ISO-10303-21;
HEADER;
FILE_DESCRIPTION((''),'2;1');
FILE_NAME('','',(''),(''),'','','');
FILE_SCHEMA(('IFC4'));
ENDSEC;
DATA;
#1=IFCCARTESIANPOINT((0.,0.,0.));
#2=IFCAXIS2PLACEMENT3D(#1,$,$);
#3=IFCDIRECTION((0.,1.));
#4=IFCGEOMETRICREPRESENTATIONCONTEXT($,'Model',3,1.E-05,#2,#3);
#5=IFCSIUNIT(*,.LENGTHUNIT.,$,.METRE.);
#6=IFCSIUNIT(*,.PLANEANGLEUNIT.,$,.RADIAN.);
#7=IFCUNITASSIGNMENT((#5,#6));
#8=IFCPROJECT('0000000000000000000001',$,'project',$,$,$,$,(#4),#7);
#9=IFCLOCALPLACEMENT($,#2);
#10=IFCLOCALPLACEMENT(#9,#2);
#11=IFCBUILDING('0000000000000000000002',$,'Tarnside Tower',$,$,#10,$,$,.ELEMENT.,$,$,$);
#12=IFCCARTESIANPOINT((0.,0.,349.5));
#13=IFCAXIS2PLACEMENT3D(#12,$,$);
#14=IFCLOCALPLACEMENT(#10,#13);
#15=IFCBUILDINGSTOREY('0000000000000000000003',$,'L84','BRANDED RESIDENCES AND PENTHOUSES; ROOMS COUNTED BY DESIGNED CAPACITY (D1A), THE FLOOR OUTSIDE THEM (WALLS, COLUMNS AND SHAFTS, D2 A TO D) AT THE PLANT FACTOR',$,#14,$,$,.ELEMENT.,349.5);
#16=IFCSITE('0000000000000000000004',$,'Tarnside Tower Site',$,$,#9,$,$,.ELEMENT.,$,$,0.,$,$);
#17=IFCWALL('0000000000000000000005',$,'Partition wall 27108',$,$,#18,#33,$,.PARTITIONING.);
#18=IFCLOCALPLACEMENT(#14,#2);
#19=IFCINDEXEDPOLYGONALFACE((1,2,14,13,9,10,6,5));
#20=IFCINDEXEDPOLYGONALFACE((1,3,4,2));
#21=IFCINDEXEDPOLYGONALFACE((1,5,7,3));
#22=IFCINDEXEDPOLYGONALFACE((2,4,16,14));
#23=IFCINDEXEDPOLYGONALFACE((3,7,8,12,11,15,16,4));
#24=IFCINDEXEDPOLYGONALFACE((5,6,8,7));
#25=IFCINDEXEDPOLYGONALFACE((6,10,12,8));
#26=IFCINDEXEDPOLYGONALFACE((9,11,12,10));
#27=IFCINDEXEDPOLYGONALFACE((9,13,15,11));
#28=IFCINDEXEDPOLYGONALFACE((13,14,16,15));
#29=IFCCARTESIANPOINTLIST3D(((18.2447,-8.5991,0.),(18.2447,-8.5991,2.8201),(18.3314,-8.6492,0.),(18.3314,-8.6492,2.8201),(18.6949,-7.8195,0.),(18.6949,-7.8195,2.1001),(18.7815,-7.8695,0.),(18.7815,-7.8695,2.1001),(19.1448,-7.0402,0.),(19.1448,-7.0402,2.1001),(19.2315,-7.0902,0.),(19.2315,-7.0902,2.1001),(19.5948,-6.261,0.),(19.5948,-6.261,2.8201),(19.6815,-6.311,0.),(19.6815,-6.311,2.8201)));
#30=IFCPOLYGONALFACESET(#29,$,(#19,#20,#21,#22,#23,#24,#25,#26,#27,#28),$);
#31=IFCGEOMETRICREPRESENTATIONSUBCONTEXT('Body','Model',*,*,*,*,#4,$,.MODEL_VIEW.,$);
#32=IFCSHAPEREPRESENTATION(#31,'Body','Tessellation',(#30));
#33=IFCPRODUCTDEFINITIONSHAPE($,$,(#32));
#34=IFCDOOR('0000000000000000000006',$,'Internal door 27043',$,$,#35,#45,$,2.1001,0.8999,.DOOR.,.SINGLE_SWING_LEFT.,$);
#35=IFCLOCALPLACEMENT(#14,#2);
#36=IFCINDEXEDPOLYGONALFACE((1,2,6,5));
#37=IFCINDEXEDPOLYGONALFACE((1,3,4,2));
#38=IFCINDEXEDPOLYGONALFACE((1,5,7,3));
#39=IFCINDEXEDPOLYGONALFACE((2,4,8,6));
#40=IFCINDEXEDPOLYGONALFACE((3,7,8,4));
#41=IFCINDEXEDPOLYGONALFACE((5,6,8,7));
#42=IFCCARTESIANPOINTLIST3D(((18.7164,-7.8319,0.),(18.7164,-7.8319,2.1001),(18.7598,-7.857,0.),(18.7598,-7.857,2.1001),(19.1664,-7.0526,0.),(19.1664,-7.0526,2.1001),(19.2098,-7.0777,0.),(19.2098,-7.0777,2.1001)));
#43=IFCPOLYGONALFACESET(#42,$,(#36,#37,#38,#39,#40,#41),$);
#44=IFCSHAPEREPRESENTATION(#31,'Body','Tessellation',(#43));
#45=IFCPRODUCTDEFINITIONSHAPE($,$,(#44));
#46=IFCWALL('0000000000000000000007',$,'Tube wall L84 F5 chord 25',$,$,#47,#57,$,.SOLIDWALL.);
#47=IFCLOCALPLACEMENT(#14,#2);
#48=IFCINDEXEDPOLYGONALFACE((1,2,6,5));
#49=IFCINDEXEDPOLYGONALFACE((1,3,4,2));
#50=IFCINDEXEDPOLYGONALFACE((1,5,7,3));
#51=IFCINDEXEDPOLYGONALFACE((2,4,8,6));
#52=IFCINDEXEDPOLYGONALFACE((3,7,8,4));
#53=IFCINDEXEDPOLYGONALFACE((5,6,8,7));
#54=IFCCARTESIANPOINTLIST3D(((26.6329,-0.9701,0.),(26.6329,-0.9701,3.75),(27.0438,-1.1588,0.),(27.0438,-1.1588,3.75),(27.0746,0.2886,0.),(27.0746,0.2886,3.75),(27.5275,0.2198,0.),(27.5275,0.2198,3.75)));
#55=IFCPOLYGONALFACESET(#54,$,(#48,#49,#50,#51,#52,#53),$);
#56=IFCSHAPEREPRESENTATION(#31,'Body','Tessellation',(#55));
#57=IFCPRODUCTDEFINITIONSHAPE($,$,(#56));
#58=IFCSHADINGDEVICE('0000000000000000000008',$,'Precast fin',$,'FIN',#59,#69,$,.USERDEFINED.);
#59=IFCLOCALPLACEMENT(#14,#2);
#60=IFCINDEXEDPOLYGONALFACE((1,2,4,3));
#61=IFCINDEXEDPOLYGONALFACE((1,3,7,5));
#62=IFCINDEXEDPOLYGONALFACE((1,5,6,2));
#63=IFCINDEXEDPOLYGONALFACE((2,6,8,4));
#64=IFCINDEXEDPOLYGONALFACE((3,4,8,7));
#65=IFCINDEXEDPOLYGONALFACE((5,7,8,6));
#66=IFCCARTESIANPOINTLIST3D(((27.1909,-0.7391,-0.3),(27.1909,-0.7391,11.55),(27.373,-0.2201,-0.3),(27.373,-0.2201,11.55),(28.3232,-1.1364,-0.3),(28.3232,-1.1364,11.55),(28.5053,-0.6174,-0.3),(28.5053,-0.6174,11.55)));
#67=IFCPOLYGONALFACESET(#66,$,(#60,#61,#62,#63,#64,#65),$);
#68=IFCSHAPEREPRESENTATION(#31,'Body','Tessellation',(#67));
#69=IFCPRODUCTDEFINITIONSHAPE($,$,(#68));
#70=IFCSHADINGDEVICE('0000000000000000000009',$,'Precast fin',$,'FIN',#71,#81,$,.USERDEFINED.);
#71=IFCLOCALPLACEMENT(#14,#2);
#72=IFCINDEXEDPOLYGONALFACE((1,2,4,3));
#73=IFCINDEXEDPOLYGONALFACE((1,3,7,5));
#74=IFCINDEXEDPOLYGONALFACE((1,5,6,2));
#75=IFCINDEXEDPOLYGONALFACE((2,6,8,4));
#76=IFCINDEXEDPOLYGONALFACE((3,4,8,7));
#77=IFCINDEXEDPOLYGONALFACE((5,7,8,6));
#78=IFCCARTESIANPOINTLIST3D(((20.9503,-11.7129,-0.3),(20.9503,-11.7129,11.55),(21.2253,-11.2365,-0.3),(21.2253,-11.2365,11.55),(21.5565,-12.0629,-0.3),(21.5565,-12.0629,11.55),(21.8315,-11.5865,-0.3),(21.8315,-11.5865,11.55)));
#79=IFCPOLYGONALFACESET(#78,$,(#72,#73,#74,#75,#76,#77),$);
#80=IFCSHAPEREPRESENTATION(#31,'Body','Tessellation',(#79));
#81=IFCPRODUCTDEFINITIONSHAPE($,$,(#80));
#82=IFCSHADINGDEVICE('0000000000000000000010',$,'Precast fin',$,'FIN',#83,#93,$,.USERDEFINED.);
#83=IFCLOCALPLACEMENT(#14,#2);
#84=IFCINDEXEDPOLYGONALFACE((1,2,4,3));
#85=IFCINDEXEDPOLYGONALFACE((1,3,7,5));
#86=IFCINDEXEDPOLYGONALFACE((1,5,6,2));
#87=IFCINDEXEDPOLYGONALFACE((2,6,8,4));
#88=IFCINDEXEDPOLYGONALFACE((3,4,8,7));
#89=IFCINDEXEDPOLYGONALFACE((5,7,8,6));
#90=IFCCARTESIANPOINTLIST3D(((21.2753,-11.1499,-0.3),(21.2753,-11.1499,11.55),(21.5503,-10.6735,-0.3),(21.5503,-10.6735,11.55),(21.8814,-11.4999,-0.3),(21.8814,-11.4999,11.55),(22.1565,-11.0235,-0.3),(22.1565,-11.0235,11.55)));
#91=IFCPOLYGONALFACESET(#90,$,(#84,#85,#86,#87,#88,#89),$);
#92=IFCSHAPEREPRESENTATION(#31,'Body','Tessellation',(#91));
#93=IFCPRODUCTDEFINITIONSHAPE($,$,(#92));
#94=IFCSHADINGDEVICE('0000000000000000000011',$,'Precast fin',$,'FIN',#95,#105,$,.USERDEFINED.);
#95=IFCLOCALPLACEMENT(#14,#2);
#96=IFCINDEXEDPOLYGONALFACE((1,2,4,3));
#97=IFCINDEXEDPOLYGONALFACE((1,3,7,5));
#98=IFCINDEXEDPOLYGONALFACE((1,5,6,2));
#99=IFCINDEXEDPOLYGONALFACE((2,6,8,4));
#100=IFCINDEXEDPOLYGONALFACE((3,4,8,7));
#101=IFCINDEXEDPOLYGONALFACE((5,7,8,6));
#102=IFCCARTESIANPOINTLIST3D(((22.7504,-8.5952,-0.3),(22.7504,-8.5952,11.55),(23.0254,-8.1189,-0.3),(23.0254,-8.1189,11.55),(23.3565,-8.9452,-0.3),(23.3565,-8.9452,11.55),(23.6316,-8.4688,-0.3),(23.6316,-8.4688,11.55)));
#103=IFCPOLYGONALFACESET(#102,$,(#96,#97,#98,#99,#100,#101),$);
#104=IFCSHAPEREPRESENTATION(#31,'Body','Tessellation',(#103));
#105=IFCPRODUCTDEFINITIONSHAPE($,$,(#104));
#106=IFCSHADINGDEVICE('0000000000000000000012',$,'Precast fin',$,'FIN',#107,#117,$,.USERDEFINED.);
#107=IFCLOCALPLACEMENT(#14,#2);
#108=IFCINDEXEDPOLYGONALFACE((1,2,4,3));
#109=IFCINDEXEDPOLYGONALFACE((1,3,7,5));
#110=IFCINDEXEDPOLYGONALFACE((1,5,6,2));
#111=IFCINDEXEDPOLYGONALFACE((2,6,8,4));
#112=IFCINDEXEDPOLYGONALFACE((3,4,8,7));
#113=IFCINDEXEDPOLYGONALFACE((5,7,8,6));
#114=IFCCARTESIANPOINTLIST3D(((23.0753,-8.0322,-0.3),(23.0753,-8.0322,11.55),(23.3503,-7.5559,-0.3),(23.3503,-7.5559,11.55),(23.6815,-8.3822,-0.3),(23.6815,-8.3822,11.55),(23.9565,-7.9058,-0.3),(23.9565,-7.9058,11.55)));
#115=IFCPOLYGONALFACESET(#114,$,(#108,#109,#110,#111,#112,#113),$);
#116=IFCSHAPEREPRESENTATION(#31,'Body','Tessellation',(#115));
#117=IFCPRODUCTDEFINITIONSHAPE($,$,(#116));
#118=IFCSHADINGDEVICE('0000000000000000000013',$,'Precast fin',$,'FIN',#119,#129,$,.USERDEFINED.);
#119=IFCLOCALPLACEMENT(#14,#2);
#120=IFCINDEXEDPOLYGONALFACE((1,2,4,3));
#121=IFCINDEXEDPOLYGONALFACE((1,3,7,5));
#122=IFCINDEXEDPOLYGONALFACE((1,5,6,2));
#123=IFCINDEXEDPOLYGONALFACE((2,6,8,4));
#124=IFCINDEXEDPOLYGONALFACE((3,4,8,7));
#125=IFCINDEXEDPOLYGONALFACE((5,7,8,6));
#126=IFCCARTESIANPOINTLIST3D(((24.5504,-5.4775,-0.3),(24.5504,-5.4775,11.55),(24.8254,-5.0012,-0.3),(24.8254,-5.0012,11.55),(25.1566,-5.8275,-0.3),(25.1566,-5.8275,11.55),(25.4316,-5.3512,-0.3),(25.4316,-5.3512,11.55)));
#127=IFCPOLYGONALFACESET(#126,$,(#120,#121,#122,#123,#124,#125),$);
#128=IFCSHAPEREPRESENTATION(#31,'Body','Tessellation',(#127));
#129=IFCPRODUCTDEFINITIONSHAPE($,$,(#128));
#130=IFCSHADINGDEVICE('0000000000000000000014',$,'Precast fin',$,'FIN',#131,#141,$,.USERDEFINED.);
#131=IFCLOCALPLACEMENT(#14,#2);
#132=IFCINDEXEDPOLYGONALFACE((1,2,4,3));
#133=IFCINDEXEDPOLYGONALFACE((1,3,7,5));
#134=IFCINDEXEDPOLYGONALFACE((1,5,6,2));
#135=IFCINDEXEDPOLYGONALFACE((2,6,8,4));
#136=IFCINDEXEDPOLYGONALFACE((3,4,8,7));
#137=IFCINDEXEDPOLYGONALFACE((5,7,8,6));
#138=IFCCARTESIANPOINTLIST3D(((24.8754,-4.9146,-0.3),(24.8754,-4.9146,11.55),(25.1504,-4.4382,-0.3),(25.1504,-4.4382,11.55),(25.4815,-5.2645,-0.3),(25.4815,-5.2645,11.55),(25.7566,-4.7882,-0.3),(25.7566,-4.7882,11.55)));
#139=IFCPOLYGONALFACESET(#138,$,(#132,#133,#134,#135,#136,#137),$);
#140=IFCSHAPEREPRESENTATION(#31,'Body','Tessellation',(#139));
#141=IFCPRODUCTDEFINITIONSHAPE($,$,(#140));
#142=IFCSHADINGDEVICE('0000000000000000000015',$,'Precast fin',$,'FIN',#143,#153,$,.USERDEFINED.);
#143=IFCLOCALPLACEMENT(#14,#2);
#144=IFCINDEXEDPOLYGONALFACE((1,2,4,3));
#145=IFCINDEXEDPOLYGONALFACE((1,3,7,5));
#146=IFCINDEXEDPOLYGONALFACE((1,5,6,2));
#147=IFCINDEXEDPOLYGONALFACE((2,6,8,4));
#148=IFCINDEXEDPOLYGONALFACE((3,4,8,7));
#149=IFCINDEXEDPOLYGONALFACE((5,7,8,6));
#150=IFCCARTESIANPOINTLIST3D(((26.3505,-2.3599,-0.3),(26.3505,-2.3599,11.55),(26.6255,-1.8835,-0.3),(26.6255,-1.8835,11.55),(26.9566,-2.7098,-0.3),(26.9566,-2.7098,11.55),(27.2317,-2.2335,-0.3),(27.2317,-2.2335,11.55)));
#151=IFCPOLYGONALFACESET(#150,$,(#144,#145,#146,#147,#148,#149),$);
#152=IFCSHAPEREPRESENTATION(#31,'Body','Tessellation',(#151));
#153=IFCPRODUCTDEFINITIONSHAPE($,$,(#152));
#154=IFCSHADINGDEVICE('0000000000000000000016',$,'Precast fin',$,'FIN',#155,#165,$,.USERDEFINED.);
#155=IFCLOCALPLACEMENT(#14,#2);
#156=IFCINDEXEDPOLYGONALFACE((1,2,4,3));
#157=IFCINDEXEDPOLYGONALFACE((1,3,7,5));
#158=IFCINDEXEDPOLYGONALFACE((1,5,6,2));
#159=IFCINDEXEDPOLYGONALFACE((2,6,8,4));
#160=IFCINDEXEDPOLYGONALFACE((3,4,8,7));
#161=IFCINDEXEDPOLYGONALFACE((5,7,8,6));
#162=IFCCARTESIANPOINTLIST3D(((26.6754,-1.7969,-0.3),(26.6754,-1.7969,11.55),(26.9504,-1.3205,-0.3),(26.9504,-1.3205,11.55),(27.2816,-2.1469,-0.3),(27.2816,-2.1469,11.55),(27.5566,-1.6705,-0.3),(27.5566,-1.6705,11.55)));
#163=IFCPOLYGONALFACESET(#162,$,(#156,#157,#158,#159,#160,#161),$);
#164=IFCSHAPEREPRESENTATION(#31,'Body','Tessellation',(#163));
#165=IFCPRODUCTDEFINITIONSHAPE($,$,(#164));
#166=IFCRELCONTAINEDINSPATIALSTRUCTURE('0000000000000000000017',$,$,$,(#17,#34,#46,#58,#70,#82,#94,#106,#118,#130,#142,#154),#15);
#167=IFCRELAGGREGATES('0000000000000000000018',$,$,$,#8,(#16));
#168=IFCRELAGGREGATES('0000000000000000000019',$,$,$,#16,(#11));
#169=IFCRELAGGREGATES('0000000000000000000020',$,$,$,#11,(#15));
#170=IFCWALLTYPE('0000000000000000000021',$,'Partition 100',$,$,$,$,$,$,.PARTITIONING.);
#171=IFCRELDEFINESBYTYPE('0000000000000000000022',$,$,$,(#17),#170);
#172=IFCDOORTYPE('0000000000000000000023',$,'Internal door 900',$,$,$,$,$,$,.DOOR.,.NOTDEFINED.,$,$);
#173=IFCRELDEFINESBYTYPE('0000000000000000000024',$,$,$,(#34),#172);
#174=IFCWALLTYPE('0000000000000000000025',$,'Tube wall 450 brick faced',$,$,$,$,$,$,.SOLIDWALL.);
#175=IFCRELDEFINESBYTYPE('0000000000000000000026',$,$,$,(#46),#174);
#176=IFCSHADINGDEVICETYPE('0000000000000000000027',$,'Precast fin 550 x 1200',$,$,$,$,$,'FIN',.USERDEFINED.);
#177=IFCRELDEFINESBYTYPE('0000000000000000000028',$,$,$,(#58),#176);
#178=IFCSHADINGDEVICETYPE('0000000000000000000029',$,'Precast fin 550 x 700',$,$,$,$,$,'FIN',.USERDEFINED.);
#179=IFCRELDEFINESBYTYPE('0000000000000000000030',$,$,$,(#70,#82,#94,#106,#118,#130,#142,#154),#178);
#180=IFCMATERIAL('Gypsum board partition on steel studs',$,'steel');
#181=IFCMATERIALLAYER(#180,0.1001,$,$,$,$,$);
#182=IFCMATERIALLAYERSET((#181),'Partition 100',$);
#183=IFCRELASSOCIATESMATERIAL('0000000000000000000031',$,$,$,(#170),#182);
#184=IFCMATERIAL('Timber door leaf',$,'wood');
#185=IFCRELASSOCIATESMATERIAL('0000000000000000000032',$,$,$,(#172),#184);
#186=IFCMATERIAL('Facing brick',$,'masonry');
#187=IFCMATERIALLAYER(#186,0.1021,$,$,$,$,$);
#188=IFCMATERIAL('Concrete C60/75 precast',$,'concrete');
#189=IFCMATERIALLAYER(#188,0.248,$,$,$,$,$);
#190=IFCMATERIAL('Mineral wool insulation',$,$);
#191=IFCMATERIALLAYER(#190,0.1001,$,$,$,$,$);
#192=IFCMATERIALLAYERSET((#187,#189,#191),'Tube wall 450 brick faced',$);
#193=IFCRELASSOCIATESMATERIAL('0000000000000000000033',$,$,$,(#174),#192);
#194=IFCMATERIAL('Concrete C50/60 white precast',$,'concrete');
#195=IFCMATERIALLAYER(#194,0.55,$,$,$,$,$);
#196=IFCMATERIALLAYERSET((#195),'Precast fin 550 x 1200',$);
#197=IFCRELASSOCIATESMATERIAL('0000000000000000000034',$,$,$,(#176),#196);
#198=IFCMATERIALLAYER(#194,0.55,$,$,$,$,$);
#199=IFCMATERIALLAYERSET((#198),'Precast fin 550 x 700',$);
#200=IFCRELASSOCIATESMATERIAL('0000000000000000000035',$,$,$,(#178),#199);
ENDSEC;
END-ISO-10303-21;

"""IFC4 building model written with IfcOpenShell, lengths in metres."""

from ifc_helpers import new_model, si_unit, direction, frame, frame_2d, origin, place, context, subcontext, project, spatial, polyline, rectangle, outline, extrude, material, layer, layer_set, type_object, element, fill, save


model = new_model("IFC4")

# Units and contexts
model_context = context("Model", 3, precision=1e-05, world=origin(), true_north=direction((0.0, 1.0)))
body_context = subcontext(model_context, "Body", "Model", "MODEL_VIEW")
ifc_project = project(units=[si_unit("LENGTHUNIT", "METRE"), si_unit("PLANEANGLEUNIT", "RADIAN")], contexts=[model_context])

# Site, building, storey
site_placement = place(None, origin())
site = spatial("IfcSite", under=ifc_project, at=site_placement, Name="Tarnside Tower Site", CompositionType="ELEMENT", RefElevation=0.0)
building_placement = place(site_placement, origin())
building = spatial("IfcBuilding", under=site, at=building_placement, Name="Tarnside Tower", CompositionType="ELEMENT")
storey_placement = place(building_placement, frame((0.0, 0.0, 349.5)))
storey = spatial("IfcBuildingStorey", under=building, at=storey_placement, Name="L84", Description="BRANDED RESIDENCES AND PENTHOUSES; ROOMS COUNTED BY DESIGNED CAPACITY (D1A), THE FLOOR OUTSIDE THEM (WALLS, COLUMNS AND SHAFTS, D2 A TO D) AT THE PLANT FACTOR", CompositionType="ELEMENT", Elevation=349.5)

# Shared definitions
ifc_material_1 = material(Name="Gypsum board partition on steel studs", Category="steel")

# Shared definitions
ifc_material_2 = material(Name="Timber door leaf", Category="wood")

# Shared definitions
ifc_layer_1 = layer(ifc_material_1, 0.1001)
ifc_layer_set_1 = layer_set([ifc_layer_1], Name="Partition 100")
wall_type_1 = type_object("IfcWallType", Name="Partition 100", PredefinedType="PARTITIONING", material=ifc_layer_set_1)
door_type_1 = type_object("IfcDoorType", Name="Internal door 900", OperationType="NOTDEFINED", PredefinedType="DOOR", material=ifc_material_2)

# Wall, opening, door
wall_1_placement = place(storey_placement, frame((19.6382, -6.2859, 0.0), z_axis=(0.0, 0.0, 1.0), x_axis=(-0.500049, -0.865997, 0.0)))
wall_1 = element("IfcWall", 1, at=wall_1_placement, inside=storey, type_object=wall_type_1, Name="Partition wall 27108", PredefinedType="PARTITIONING", context=body_context, shape_type="SweptSolid", body=[
    extrude(rectangle(XDim=2.7, YDim=0.1001, at=frame_2d((1.3501, 0.0))), origin(), (0.0, 0.0, 1.0), 2.8201),
])
opening_1_placement = place(wall_1_placement, frame((0.8999, 0.0, 0.0)))
opening_1 = element("IfcOpeningElement", 2, at=opening_1_placement, cuts=wall_1, PredefinedType="OPENING", context=body_context, shape_type="SweptSolid", body=[
    extrude(rectangle(XDim=0.8999, YDim=2.1001, at=frame_2d((0.45, 1.05))), frame((0.0, 0.0601, 0.0), z_axis=(0.0, -1.0, 0.0), x_axis=(1.0, 0.0, 0.0)), (0.0, 0.0, 1.0), 0.1201),
])
door_1_placement = place(opening_1_placement, origin())
door_1 = element("IfcDoor", 3, at=door_1_placement, inside=storey, type_object=door_type_1, Name="Internal door 27043", OperationType="SINGLE_SWING_LEFT", OverallHeight=2.1001, OverallWidth=0.8999, PredefinedType="DOOR", context=body_context, shape_type="SweptSolid", body=[
    extrude(rectangle(XDim=0.8999, YDim=2.1001, at=frame_2d((0.45, 1.05))), frame((0.0, 0.0249, 0.0), z_axis=(0.0, -1.0, 0.0), x_axis=(1.0, 0.0, 0.0)), (0.0, 0.0, 1.0), 0.05),
])
fill(opening_1, door_1)

# Wall
ifc_material_3 = material(Name="Facing brick", Category="masonry")
ifc_layer_2 = layer(ifc_material_3, 0.1021)
ifc_material_4 = material(Name="Concrete C60/75 precast", Category="concrete")
ifc_layer_3 = layer(ifc_material_4, 0.248)
ifc_material_5 = material(Name="Mineral wool insulation")
ifc_layer_4 = layer(ifc_material_5, 0.1001)
ifc_layer_set_2 = layer_set([ifc_layer_2, ifc_layer_3, ifc_layer_4], Name="Tube wall 450 brick faced")
wall_type_2 = type_object("IfcWallType", Name="Tube wall 450 brick faced", PredefinedType="SOLIDWALL", material=ifc_layer_set_2)
wall_2_placement = place(storey_placement, frame((26.8384, -1.0645, 0.0), z_axis=(0.0, 0.0, 1.0), x_axis=(0.331074, 0.943605, 0.0)))
element("IfcWall", 4, at=wall_2_placement, inside=storey, type_object=wall_type_2, Name="Tube wall L84 F5 chord 25", PredefinedType="SOLIDWALL", context=body_context, shape_type="SweptSolid", body=[
    extrude(outline(polyline([(-0.021, -0.2251), (1.4399, -0.2251), (1.355, 0.2251), (0.021, 0.2251), (-0.021, -0.2251)])), origin(), (0.0, 0.0, 1.0), 3.75),
])

# Shading devices
ifc_material_6 = material(Name="Concrete C50/60 white precast", Category="concrete")
ifc_layer_5 = layer(ifc_material_6, 0.55)
ifc_layer_set_3 = layer_set([ifc_layer_5], Name="Precast fin 550 x 1200")
shading_device_type_1 = type_object("IfcShadingDeviceType", Name="Precast fin 550 x 1200", ElementType="FIN", PredefinedType="USERDEFINED", material=ifc_layer_set_3)
shading_device_placement = place(storey_placement, frame((27.282, -0.4795, -0.3), z_axis=(-0.331063, -0.943609, 0.0), x_axis=(0.943609, -0.331063, 0.0)))
element("IfcShadingDevice", 5, at=shading_device_placement, inside=storey, type_object=shading_device_type_1, Name="Precast fin", ObjectType="FIN", PredefinedType="USERDEFINED", context=body_context, shape_type="SweptSolid", body=[
    extrude(outline(polyline([(0.0, 0.0), (1.2, 0.0), (1.2, 11.8501), (0.0, 11.8501), (0.0, 0.0)])), frame((0.0, 0.0, -0.2749)), (0.0, 0.0, 1.0), 0.55),
])
ifc_layer_6 = layer(ifc_material_6, 0.55)
ifc_layer_set_4 = layer_set([ifc_layer_6], Name="Precast fin 550 x 700")
shading_device_type_2 = type_object("IfcShadingDeviceType", Name="Precast fin 550 x 700", ElementType="FIN", PredefinedType="USERDEFINED", material=ifc_layer_set_4)
for number, where, z_axis, x_axis, name in (
    (6, (21.0879, -11.4746, -0.3), (-0.5, -0.866025, 0.0), (0.866025, -0.5, 0.0), "Precast fin"),
    (7, (21.4128, -10.9116, -0.3), (-0.5, -0.866025, 0.0), (0.866025, -0.5, 0.0), "Precast fin"),
    (8, (22.8879, -8.3569, -0.3), (-0.5, -0.866025, 0.0), (0.866025, -0.5, 0.0), "Precast fin"),
    (9, (23.2129, -7.7939, -0.3), (-0.5, -0.866025, 0.0), (0.866025, -0.5, 0.0), "Precast fin"),
    (10, (24.688, -5.2393, -0.3), (-0.5, -0.866025, 0.0), (0.866025, -0.5, 0.0), "Precast fin"),
    (11, (25.0129, -4.6763, -0.3), (-0.5, -0.866025, 0.0), (0.866025, -0.5, 0.0), "Precast fin"),
    (12, (26.488, -2.1216, -0.3), (-0.5, -0.866025, 0.0), (0.866025, -0.5, 0.0), "Precast fin"),
    (13, (26.813, -1.5586, -0.3), (-0.5, -0.866025, 0.0), (0.866025, -0.5, 0.0), "Precast fin"),
):
    element("IfcShadingDevice", number, at=place(storey_placement, frame(where, z_axis=z_axis, x_axis=x_axis)), inside=storey, type_object=shading_device_type_2, Name=name, ObjectType="FIN", PredefinedType="USERDEFINED", context=body_context, shape_type="SweptSolid", body=[
        extrude(outline(polyline([(0.0, 0.0), (0.7, 0.0), (0.7, 11.8501), (0.0, 11.8501), (0.0, 0.0)])), frame((0.0, 0.0, -0.2749)), (0.0, 0.0, 1.0), 0.55),
    ])

save(model, "model.ifc")
